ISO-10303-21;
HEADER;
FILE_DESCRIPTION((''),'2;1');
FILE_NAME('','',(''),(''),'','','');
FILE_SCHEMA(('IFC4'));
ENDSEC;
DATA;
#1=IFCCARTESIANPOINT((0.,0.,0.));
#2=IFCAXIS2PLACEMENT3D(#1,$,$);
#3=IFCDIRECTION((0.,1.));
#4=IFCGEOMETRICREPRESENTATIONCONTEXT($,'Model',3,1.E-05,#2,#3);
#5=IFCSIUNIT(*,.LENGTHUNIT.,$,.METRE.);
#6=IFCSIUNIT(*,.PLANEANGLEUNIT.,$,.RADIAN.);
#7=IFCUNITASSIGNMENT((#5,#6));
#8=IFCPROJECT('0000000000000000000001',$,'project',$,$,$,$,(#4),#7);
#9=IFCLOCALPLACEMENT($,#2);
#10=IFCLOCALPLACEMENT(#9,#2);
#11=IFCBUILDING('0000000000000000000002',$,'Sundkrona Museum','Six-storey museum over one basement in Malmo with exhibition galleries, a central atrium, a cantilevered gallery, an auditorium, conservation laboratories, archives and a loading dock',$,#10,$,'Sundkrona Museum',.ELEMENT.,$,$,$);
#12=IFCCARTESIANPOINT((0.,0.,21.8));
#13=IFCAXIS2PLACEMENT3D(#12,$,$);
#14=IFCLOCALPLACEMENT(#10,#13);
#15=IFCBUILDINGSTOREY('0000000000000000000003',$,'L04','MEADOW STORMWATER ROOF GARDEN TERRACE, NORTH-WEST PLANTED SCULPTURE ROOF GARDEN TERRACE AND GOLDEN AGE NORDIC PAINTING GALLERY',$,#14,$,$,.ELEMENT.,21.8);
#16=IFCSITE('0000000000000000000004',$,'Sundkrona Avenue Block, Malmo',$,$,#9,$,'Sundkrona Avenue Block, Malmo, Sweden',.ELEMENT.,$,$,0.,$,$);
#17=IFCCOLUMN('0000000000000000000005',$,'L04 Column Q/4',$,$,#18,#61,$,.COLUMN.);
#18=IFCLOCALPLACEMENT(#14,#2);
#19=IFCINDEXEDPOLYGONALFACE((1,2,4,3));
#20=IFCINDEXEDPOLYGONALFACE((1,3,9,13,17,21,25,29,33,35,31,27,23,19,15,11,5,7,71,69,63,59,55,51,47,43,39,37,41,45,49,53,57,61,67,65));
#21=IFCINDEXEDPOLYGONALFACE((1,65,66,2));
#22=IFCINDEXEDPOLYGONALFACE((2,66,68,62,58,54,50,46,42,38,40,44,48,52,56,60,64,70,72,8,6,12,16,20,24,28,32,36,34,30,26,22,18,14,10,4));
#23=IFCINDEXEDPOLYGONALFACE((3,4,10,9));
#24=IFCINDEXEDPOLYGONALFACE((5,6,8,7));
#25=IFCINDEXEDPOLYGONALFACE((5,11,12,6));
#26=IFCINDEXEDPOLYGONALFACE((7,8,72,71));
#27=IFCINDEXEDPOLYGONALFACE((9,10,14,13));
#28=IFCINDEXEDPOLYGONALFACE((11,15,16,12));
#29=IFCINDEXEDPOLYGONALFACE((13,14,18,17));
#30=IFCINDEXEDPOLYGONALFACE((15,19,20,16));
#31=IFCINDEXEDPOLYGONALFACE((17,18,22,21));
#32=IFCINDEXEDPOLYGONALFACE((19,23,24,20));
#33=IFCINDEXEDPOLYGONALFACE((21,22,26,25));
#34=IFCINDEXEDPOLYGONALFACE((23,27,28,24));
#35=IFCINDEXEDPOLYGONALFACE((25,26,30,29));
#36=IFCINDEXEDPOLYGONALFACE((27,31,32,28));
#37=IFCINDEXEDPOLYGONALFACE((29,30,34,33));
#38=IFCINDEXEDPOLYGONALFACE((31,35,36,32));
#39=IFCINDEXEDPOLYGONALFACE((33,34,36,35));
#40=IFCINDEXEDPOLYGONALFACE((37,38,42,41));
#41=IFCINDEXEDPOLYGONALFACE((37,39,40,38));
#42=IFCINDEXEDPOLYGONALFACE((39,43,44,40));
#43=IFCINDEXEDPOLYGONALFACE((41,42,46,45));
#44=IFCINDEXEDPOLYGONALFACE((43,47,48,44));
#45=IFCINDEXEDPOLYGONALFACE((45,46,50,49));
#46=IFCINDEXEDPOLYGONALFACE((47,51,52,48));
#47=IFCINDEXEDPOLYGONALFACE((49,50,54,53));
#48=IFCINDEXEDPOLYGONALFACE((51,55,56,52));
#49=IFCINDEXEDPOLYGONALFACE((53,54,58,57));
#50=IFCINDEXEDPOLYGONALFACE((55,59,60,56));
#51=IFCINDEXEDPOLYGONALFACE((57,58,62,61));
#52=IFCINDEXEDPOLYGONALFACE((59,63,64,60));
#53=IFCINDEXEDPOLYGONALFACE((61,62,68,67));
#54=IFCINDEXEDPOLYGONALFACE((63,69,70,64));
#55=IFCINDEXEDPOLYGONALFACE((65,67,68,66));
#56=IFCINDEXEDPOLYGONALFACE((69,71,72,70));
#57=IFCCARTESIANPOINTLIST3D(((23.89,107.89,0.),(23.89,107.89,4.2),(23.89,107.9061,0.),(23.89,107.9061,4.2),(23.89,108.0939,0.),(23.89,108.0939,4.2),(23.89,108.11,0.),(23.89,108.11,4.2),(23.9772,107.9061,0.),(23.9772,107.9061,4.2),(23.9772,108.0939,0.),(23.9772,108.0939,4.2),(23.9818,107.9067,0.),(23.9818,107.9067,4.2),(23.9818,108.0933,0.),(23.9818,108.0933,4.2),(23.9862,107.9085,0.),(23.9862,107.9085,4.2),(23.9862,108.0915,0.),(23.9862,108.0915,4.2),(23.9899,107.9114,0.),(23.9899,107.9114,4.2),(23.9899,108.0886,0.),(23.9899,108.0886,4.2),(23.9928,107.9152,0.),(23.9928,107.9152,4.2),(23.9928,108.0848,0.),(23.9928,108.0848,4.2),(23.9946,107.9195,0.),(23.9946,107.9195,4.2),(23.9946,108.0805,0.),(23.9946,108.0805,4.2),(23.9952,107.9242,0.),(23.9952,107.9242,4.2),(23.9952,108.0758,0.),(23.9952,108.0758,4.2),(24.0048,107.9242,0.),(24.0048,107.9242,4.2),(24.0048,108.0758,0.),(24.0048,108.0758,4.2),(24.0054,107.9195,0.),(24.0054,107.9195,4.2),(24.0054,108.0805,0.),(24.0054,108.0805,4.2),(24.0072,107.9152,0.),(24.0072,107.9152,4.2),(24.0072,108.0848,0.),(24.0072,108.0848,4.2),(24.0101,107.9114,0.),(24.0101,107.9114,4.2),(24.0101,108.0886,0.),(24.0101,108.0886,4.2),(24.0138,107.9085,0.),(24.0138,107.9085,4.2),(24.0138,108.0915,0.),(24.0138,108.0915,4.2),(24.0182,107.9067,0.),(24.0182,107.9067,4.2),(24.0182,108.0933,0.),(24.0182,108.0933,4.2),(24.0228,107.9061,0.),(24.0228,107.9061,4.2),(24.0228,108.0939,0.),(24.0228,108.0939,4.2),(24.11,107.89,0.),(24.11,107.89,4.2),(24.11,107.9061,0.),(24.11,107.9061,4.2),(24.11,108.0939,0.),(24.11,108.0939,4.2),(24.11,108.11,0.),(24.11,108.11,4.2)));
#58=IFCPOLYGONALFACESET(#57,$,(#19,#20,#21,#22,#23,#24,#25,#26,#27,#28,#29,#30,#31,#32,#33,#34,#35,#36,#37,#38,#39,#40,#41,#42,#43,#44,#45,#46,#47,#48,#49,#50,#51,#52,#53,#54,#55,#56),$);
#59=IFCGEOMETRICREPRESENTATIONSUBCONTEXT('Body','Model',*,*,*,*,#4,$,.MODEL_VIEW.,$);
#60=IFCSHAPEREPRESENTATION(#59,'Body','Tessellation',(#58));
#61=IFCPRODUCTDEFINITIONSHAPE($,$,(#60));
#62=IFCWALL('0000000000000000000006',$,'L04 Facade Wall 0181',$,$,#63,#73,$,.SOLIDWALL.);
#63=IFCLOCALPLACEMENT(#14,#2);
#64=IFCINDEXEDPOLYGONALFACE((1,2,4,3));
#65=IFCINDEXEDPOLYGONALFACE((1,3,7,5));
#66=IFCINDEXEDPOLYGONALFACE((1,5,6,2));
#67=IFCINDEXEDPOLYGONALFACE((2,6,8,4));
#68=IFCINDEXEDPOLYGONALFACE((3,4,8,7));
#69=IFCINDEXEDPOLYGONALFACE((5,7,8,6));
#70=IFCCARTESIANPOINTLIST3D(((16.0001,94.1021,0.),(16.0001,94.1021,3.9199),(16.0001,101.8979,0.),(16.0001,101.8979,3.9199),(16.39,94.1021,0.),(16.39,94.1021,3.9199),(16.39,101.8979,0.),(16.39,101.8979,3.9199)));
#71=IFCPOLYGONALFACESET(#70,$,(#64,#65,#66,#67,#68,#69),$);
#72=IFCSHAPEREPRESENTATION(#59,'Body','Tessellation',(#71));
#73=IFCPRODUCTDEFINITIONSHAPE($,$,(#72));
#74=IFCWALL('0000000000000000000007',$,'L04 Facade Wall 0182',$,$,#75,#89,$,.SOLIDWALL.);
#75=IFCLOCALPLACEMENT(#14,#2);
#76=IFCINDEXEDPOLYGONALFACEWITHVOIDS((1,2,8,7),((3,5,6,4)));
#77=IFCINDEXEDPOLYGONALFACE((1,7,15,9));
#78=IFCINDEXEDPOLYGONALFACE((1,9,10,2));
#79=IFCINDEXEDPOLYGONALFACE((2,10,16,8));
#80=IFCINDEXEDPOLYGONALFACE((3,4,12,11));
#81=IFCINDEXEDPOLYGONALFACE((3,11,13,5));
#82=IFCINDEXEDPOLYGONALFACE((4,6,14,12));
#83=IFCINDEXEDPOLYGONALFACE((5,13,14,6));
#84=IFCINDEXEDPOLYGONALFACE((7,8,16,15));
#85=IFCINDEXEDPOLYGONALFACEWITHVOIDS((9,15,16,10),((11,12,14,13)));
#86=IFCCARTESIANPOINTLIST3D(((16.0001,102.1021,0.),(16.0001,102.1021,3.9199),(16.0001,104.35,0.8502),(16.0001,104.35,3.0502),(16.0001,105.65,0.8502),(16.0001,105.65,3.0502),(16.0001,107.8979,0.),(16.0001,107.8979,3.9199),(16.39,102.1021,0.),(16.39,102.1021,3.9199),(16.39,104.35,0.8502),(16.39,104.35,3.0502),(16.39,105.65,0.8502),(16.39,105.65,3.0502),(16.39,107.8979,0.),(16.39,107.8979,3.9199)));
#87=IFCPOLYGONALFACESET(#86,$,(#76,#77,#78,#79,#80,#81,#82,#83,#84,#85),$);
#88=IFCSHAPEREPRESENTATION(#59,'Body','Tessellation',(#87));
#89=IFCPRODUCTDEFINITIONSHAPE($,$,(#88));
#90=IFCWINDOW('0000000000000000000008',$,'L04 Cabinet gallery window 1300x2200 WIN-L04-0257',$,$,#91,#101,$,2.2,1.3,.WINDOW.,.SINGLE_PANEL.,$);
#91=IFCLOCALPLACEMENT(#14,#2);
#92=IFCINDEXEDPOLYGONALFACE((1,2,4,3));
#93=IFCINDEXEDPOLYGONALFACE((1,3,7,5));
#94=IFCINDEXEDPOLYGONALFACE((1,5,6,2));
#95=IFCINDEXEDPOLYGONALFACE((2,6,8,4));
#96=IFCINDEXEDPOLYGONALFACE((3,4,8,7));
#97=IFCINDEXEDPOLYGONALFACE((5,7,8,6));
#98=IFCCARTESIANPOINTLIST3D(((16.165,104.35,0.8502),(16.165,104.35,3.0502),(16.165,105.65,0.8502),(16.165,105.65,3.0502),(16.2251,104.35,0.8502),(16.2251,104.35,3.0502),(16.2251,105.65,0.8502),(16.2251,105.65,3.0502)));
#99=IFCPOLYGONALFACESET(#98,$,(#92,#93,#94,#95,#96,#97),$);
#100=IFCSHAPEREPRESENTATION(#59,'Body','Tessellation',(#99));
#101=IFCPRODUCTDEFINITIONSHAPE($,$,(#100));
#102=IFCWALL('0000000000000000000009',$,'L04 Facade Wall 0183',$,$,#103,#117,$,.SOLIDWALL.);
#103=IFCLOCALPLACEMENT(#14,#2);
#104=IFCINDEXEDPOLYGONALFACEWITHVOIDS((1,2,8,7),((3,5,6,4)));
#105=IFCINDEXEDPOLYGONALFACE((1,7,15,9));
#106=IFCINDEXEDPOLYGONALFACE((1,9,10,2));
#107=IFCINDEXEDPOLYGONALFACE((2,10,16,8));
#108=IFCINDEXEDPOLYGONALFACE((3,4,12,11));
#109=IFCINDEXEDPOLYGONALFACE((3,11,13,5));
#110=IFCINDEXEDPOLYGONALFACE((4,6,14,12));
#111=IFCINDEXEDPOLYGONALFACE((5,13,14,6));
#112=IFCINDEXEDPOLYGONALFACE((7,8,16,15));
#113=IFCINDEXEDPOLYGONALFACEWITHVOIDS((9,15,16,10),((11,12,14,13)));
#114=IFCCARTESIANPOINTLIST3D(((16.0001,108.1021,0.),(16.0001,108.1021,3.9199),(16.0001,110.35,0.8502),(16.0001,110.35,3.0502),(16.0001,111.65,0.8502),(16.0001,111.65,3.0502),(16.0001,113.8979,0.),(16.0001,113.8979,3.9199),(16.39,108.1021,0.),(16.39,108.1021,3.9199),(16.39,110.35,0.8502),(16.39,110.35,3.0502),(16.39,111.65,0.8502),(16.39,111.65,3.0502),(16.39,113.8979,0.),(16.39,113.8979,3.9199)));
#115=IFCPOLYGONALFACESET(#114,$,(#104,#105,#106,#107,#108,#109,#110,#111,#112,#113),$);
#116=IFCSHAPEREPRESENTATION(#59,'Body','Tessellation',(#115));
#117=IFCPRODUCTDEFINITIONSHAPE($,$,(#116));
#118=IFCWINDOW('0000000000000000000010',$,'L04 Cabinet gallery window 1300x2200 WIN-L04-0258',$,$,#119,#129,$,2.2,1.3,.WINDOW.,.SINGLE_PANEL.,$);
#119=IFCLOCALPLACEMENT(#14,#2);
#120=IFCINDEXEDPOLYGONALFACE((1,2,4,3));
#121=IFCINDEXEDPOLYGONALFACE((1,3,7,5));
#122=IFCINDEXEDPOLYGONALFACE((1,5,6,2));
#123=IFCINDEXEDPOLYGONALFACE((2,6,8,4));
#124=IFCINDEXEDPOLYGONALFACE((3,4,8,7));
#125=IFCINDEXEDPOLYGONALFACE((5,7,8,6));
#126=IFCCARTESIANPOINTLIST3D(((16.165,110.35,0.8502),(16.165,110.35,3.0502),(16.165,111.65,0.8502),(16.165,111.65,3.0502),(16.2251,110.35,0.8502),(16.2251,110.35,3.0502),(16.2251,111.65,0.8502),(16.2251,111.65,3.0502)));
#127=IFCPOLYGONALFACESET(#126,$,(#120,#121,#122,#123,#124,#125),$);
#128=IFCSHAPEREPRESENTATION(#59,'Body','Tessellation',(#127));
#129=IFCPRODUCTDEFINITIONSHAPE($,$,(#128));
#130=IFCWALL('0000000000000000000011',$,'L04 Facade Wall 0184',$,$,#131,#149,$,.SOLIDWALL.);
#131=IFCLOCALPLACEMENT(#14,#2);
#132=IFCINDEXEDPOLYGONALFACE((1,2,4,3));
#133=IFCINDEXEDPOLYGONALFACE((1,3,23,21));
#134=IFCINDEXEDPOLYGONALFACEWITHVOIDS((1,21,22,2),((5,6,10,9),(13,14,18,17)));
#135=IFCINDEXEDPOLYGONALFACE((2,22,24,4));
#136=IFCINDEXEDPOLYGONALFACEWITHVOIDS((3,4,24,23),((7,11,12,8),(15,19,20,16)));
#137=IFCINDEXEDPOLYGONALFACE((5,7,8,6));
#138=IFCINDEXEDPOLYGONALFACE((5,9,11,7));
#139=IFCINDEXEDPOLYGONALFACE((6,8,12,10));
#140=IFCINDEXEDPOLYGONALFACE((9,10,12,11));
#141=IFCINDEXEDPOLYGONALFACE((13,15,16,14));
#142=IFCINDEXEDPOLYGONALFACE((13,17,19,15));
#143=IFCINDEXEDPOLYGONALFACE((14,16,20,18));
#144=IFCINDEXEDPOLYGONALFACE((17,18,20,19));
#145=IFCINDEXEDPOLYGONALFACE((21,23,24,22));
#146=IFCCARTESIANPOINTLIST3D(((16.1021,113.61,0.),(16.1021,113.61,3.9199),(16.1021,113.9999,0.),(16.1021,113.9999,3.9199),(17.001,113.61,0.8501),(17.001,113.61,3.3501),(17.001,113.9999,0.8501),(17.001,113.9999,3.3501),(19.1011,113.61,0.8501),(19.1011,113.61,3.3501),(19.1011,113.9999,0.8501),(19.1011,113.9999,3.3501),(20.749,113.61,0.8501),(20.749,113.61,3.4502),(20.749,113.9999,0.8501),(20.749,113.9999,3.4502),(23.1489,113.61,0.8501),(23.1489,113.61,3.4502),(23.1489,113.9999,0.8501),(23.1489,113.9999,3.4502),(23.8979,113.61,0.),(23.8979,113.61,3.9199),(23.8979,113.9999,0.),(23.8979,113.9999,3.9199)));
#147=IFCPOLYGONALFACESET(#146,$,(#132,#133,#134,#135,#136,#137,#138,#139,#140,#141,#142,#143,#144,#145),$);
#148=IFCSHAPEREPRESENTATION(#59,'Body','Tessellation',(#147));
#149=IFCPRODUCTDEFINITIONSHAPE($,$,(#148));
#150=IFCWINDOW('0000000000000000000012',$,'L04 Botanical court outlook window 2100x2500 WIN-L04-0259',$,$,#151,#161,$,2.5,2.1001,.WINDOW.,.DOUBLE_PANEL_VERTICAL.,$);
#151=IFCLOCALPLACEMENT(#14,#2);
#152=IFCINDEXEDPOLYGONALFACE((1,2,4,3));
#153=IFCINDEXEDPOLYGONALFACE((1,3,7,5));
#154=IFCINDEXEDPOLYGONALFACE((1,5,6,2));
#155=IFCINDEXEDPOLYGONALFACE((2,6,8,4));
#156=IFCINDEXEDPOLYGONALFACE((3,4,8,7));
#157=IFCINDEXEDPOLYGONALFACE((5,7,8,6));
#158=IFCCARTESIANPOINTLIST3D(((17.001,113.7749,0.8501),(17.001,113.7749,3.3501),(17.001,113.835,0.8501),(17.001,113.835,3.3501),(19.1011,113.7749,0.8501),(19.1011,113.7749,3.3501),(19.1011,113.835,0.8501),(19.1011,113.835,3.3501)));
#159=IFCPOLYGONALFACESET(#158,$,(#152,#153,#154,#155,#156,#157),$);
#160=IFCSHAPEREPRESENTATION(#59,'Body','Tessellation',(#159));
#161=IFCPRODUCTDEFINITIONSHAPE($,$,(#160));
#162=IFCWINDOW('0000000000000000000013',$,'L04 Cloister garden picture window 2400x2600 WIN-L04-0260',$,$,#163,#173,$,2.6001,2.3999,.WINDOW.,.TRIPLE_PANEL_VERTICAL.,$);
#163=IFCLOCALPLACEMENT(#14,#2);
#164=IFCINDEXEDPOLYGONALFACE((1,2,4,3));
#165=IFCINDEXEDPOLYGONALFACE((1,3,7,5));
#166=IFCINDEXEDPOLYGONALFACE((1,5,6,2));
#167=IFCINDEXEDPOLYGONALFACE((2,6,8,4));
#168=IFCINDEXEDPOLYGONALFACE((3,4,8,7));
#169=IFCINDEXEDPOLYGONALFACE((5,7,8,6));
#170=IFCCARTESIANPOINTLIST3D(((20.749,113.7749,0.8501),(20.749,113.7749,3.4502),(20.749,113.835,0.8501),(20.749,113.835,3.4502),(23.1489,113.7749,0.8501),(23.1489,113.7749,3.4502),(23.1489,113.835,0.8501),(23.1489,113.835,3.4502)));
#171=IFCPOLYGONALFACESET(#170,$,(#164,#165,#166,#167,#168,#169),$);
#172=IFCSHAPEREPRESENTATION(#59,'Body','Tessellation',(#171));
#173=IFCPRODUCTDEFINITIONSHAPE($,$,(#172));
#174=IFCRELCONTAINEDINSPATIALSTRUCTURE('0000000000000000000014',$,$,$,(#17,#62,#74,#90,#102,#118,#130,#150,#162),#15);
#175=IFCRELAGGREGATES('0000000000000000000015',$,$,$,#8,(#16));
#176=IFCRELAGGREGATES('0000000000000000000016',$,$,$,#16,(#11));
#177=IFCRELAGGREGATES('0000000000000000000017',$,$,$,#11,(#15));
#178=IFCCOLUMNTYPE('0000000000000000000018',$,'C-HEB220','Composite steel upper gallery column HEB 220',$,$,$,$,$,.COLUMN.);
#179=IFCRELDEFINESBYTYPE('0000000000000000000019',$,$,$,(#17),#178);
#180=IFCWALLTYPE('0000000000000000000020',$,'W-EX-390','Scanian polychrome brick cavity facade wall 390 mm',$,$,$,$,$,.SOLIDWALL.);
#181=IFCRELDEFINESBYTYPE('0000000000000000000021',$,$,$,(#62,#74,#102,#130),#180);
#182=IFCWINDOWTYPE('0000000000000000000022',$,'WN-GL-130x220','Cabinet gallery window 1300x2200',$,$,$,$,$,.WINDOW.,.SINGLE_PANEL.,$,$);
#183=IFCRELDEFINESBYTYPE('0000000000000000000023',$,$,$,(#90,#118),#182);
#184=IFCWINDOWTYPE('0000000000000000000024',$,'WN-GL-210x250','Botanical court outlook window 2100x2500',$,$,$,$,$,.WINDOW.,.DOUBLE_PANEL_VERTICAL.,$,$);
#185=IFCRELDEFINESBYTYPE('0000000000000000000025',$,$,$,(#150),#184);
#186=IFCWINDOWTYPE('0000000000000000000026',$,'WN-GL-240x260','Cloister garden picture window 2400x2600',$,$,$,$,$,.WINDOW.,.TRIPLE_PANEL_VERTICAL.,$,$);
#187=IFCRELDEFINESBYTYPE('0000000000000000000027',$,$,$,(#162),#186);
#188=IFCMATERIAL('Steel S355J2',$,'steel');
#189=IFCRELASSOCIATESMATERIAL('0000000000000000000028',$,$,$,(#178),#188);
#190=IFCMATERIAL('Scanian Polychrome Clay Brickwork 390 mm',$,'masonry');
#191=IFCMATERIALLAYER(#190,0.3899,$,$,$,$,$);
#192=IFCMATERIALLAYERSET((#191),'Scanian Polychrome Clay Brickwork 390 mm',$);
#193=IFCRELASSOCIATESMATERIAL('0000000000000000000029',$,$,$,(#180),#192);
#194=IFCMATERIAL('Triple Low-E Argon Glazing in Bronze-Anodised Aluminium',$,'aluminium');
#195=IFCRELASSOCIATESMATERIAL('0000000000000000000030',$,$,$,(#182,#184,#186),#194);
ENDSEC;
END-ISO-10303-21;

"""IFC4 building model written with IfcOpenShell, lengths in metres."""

from ifc_helpers import new_model, si_unit, direction, frame, frame_2d, origin, origin_2d, place, context, subcontext, project, spatial, rectangle, i_section, extrude, material, layer, layer_set, material_profile, profile_set, type_object, element, fill, save


model = new_model("IFC4")

# Units and contexts
model_context = context("Model", 3, precision=1e-05, world=origin(), true_north=direction((0.0, 1.0)))
body_context = subcontext(model_context, "Body", "Model", "MODEL_VIEW")
ifc_project = project(units=[si_unit("LENGTHUNIT", "METRE"), si_unit("PLANEANGLEUNIT", "RADIAN")], contexts=[model_context])

# Site, building, storey
site_placement = place(None, origin())
site = spatial("IfcSite", under=ifc_project, at=site_placement, Name="Sundkrona Avenue Block, Malmo", LongName="Sundkrona Avenue Block, Malmo, Sweden", CompositionType="ELEMENT", RefElevation=0.0)
building_placement = place(site_placement, origin())
building = spatial("IfcBuilding", under=site, at=building_placement, Name="Sundkrona Museum", Description="Six-storey museum over one basement in Malmo with exhibition galleries, a central atrium, a cantilevered gallery, an auditorium, conservation laboratories, archives and a loading dock", LongName="Sundkrona Museum", CompositionType="ELEMENT")
storey_placement = place(building_placement, frame((0.0, 0.0, 21.8)))
storey = spatial("IfcBuildingStorey", under=building, at=storey_placement, Name="L04", Description="MEADOW STORMWATER ROOF GARDEN TERRACE, NORTH-WEST PLANTED SCULPTURE ROOF GARDEN TERRACE AND GOLDEN AGE NORDIC PAINTING GALLERY", CompositionType="ELEMENT", Elevation=21.8)

# Column
ifc_material_1 = material(Name="Steel S355J2", Category="steel")
ifc_material_profile_1 = material_profile(ifc_material_1, i_section(OverallWidth=0.22, OverallDepth=0.22, WebThickness=0.0095, FlangeThickness=0.0161, FilletRadius=0.0181, at=origin_2d()), Name="HEB 220")
ifc_profile_set_1 = profile_set([ifc_material_profile_1], Name="Steel S355J2")
column_type_1 = type_object("IfcColumnType", Name="C-HEB220", Description="Composite steel upper gallery column HEB 220", PredefinedType="COLUMN", material=ifc_profile_set_1)
for number, where, z_axis, x_axis, name in (
    (1, (24.0, 108.0, 0.0), (0.0, 0.0, 1.0), (1.0, 0.0, 0.0), "L04 Column Q/4"),
):
    element("IfcColumn", number, at=place(storey_placement, frame(where, z_axis=z_axis, x_axis=x_axis)), inside=storey, type_object=column_type_1, Name=name, PredefinedType="COLUMN", context=body_context, shape_type="SweptSolid", body=[
        extrude(i_section(OverallWidth=0.22, OverallDepth=0.22, WebThickness=0.0095, FlangeThickness=0.0161, FilletRadius=0.0181, at=origin_2d()), origin(), (0.0, 0.0, 1.0), 4.2),
    ])

# Wall
ifc_material_2 = material(Name="Scanian Polychrome Clay Brickwork 390 mm", Category="masonry")
ifc_layer_1 = layer(ifc_material_2, 0.3899)
ifc_layer_set_1 = layer_set([ifc_layer_1], Name="Scanian Polychrome Clay Brickwork 390 mm")
wall_type_1 = type_object("IfcWallType", Name="W-EX-390", Description="Scanian polychrome brick cavity facade wall 390 mm", PredefinedType="SOLIDWALL", material=ifc_layer_set_1)
wall_1_placement = place(storey_placement, frame((16.1951, 94.1021, 0.0), z_axis=(0.0, 0.0, 1.0), x_axis=(0.0, 1.0, 0.0)))
element("IfcWall", 2, at=wall_1_placement, inside=storey, type_object=wall_type_1, Name="L04 Facade Wall 0181", PredefinedType="SOLIDWALL", context=body_context, shape_type="SweptSolid", body=[
    extrude(rectangle(XDim=7.7959, YDim=0.3899, at=frame_2d((3.8979, 0.0))), origin(), (0.0, 0.0, 1.0), 3.9199),
])

# Walls, openings, windows
wall_2_placement = place(storey_placement, frame((16.1951, 102.1021, 0.0), z_axis=(0.0, 0.0, 1.0), x_axis=(0.0, 1.0, 0.0)))
wall_2 = element("IfcWall", 3, at=wall_2_placement, inside=storey, type_object=wall_type_1, Name="L04 Facade Wall 0182", PredefinedType="SOLIDWALL", context=body_context, shape_type="SweptSolid", body=[
    extrude(rectangle(XDim=5.7959, YDim=0.3899, at=frame_2d((2.8979, 0.0))), origin(), (0.0, 0.0, 1.0), 3.9199),
])
opening_1_placement = place(wall_2_placement, frame((2.248, 0.0, 0.8501)))
opening_1 = element("IfcOpeningElement", 4, at=opening_1_placement, cuts=wall_2, PredefinedType="OPENING", context=body_context, shape_type="SweptSolid", body=[
    extrude(rectangle(XDim=1.3, YDim=2.2, at=frame_2d((0.6499, 1.1001))), frame((0.0, 0.2048, 0.0), z_axis=(0.0, -1.0, 0.0), x_axis=(1.0, 0.0, 0.0)), (0.0, 0.0, 1.0), 0.4099),
])
ifc_material_3 = material(Name="Triple Low-E Argon Glazing in Bronze-Anodised Aluminium", Category="aluminium")
window_type_1 = type_object("IfcWindowType", Name="WN-GL-130x220", Description="Cabinet gallery window 1300x2200", PartitioningType="SINGLE_PANEL", PredefinedType="WINDOW", material=ifc_material_3)
window_1_placement = place(opening_1_placement, origin())
window_1 = element("IfcWindow", 5, at=window_1_placement, inside=storey, type_object=window_type_1, Name="L04 Cabinet gallery window 1300x2200 WIN-L04-0257", OverallHeight=2.2, OverallWidth=1.3, PartitioningType="SINGLE_PANEL", PredefinedType="WINDOW", context=body_context, shape_type="SweptSolid", body=[
    extrude(rectangle(XDim=1.3, YDim=2.2, at=frame_2d((0.6499, 1.1001))), frame((0.0, 0.03, 0.0), z_axis=(0.0, -1.0, 0.0), x_axis=(1.0, 0.0, 0.0)), (0.0, 0.0, 1.0), 0.0601),
])
fill(opening_1, window_1)
wall_3_placement = place(storey_placement, frame((16.1951, 108.1021, 0.0), z_axis=(0.0, 0.0, 1.0), x_axis=(0.0, 1.0, 0.0)))
wall_3 = element("IfcWall", 6, at=wall_3_placement, inside=storey, type_object=wall_type_1, Name="L04 Facade Wall 0183", PredefinedType="SOLIDWALL", context=body_context, shape_type="SweptSolid", body=[
    extrude(rectangle(XDim=5.7959, YDim=0.3899, at=frame_2d((2.8979, 0.0))), origin(), (0.0, 0.0, 1.0), 3.9199),
])
opening_2_placement = place(wall_3_placement, frame((2.248, 0.0, 0.8501)))
opening_2 = element("IfcOpeningElement", 7, at=opening_2_placement, cuts=wall_3, PredefinedType="OPENING", context=body_context, shape_type="SweptSolid", body=[
    extrude(rectangle(XDim=1.3, YDim=2.2, at=frame_2d((0.6499, 1.1001))), frame((0.0, 0.2048, 0.0), z_axis=(0.0, -1.0, 0.0), x_axis=(1.0, 0.0, 0.0)), (0.0, 0.0, 1.0), 0.4099),
])
window_2_placement = place(opening_2_placement, origin())
window_2 = element("IfcWindow", 8, at=window_2_placement, inside=storey, type_object=window_type_1, Name="L04 Cabinet gallery window 1300x2200 WIN-L04-0258", OverallHeight=2.2, OverallWidth=1.3, PartitioningType="SINGLE_PANEL", PredefinedType="WINDOW", context=body_context, shape_type="SweptSolid", body=[
    extrude(rectangle(XDim=1.3, YDim=2.2, at=frame_2d((0.6499, 1.1001))), frame((0.0, 0.03, 0.0), z_axis=(0.0, -1.0, 0.0), x_axis=(1.0, 0.0, 0.0)), (0.0, 0.0, 1.0), 0.0601),
])
fill(opening_2, window_2)

# Wall, openings, windows
wall_4_placement = place(storey_placement, frame((16.1021, 113.8049, 0.0), z_axis=(0.0, 0.0, 1.0), x_axis=(1.0, 0.0, 0.0)))
wall_4 = element("IfcWall", 9, at=wall_4_placement, inside=storey, type_object=wall_type_1, Name="L04 Facade Wall 0184", PredefinedType="SOLIDWALL", context=body_context, shape_type="SweptSolid", body=[
    extrude(rectangle(XDim=7.7959, YDim=0.3899, at=frame_2d((3.8979, 0.0))), origin(), (0.0, 0.0, 1.0), 3.9199),
])
opening_3_placement = place(wall_4_placement, frame((0.8989, 0.0, 0.8501)))
opening_3 = element("IfcOpeningElement", 10, at=opening_3_placement, cuts=wall_4, PredefinedType="OPENING", context=body_context, shape_type="SweptSolid", body=[
    extrude(rectangle(XDim=2.1001, YDim=2.5, at=frame_2d((1.05, 1.25))), frame((0.0, 0.2048, 0.0), z_axis=(0.0, -1.0, 0.0), x_axis=(1.0, 0.0, 0.0)), (0.0, 0.0, 1.0), 0.4099),
])
opening_4_placement = place(wall_4_placement, frame((4.647, 0.0, 0.8501)))
opening_4 = element("IfcOpeningElement", 11, at=opening_4_placement, cuts=wall_4, PredefinedType="OPENING", context=body_context, shape_type="SweptSolid", body=[
    extrude(rectangle(XDim=2.3999, YDim=2.6001, at=frame_2d((1.2, 1.3))), frame((0.0, 0.2048, 0.0), z_axis=(0.0, -1.0, 0.0), x_axis=(1.0, 0.0, 0.0)), (0.0, 0.0, 1.0), 0.4099),
])
window_type_2 = type_object("IfcWindowType", Name="WN-GL-210x250", Description="Botanical court outlook window 2100x2500", PartitioningType="DOUBLE_PANEL_VERTICAL", PredefinedType="WINDOW", material=ifc_material_3)
window_3_placement = place(opening_3_placement, origin())
window_3 = element("IfcWindow", 12, at=window_3_placement, inside=storey, type_object=window_type_2, Name="L04 Botanical court outlook window 2100x2500 WIN-L04-0259", OverallHeight=2.5, OverallWidth=2.1001, PartitioningType="DOUBLE_PANEL_VERTICAL", PredefinedType="WINDOW", context=body_context, shape_type="SweptSolid", body=[
    extrude(rectangle(XDim=2.1001, YDim=2.5, at=frame_2d((1.05, 1.25))), frame((0.0, 0.03, 0.0), z_axis=(0.0, -1.0, 0.0), x_axis=(1.0, 0.0, 0.0)), (0.0, 0.0, 1.0), 0.0601),
])
fill(opening_3, window_3)
window_type_3 = type_object("IfcWindowType", Name="WN-GL-240x260", Description="Cloister garden picture window 2400x2600", PartitioningType="TRIPLE_PANEL_VERTICAL", PredefinedType="WINDOW", material=ifc_material_3)
window_4_placement = place(opening_4_placement, origin())
window_4 = element("IfcWindow", 13, at=window_4_placement, inside=storey, type_object=window_type_3, Name="L04 Cloister garden picture window 2400x2600 WIN-L04-0260", OverallHeight=2.6001, OverallWidth=2.3999, PartitioningType="TRIPLE_PANEL_VERTICAL", PredefinedType="WINDOW", context=body_context, shape_type="SweptSolid", body=[
    extrude(rectangle(XDim=2.3999, YDim=2.6001, at=frame_2d((1.2, 1.3))), frame((0.0, 0.03, 0.0), z_axis=(0.0, -1.0, 0.0), x_axis=(1.0, 0.0, 0.0)), (0.0, 0.0, 1.0), 0.0601),
])
fill(opening_4, window_4)

save(model, "model.ifc")
